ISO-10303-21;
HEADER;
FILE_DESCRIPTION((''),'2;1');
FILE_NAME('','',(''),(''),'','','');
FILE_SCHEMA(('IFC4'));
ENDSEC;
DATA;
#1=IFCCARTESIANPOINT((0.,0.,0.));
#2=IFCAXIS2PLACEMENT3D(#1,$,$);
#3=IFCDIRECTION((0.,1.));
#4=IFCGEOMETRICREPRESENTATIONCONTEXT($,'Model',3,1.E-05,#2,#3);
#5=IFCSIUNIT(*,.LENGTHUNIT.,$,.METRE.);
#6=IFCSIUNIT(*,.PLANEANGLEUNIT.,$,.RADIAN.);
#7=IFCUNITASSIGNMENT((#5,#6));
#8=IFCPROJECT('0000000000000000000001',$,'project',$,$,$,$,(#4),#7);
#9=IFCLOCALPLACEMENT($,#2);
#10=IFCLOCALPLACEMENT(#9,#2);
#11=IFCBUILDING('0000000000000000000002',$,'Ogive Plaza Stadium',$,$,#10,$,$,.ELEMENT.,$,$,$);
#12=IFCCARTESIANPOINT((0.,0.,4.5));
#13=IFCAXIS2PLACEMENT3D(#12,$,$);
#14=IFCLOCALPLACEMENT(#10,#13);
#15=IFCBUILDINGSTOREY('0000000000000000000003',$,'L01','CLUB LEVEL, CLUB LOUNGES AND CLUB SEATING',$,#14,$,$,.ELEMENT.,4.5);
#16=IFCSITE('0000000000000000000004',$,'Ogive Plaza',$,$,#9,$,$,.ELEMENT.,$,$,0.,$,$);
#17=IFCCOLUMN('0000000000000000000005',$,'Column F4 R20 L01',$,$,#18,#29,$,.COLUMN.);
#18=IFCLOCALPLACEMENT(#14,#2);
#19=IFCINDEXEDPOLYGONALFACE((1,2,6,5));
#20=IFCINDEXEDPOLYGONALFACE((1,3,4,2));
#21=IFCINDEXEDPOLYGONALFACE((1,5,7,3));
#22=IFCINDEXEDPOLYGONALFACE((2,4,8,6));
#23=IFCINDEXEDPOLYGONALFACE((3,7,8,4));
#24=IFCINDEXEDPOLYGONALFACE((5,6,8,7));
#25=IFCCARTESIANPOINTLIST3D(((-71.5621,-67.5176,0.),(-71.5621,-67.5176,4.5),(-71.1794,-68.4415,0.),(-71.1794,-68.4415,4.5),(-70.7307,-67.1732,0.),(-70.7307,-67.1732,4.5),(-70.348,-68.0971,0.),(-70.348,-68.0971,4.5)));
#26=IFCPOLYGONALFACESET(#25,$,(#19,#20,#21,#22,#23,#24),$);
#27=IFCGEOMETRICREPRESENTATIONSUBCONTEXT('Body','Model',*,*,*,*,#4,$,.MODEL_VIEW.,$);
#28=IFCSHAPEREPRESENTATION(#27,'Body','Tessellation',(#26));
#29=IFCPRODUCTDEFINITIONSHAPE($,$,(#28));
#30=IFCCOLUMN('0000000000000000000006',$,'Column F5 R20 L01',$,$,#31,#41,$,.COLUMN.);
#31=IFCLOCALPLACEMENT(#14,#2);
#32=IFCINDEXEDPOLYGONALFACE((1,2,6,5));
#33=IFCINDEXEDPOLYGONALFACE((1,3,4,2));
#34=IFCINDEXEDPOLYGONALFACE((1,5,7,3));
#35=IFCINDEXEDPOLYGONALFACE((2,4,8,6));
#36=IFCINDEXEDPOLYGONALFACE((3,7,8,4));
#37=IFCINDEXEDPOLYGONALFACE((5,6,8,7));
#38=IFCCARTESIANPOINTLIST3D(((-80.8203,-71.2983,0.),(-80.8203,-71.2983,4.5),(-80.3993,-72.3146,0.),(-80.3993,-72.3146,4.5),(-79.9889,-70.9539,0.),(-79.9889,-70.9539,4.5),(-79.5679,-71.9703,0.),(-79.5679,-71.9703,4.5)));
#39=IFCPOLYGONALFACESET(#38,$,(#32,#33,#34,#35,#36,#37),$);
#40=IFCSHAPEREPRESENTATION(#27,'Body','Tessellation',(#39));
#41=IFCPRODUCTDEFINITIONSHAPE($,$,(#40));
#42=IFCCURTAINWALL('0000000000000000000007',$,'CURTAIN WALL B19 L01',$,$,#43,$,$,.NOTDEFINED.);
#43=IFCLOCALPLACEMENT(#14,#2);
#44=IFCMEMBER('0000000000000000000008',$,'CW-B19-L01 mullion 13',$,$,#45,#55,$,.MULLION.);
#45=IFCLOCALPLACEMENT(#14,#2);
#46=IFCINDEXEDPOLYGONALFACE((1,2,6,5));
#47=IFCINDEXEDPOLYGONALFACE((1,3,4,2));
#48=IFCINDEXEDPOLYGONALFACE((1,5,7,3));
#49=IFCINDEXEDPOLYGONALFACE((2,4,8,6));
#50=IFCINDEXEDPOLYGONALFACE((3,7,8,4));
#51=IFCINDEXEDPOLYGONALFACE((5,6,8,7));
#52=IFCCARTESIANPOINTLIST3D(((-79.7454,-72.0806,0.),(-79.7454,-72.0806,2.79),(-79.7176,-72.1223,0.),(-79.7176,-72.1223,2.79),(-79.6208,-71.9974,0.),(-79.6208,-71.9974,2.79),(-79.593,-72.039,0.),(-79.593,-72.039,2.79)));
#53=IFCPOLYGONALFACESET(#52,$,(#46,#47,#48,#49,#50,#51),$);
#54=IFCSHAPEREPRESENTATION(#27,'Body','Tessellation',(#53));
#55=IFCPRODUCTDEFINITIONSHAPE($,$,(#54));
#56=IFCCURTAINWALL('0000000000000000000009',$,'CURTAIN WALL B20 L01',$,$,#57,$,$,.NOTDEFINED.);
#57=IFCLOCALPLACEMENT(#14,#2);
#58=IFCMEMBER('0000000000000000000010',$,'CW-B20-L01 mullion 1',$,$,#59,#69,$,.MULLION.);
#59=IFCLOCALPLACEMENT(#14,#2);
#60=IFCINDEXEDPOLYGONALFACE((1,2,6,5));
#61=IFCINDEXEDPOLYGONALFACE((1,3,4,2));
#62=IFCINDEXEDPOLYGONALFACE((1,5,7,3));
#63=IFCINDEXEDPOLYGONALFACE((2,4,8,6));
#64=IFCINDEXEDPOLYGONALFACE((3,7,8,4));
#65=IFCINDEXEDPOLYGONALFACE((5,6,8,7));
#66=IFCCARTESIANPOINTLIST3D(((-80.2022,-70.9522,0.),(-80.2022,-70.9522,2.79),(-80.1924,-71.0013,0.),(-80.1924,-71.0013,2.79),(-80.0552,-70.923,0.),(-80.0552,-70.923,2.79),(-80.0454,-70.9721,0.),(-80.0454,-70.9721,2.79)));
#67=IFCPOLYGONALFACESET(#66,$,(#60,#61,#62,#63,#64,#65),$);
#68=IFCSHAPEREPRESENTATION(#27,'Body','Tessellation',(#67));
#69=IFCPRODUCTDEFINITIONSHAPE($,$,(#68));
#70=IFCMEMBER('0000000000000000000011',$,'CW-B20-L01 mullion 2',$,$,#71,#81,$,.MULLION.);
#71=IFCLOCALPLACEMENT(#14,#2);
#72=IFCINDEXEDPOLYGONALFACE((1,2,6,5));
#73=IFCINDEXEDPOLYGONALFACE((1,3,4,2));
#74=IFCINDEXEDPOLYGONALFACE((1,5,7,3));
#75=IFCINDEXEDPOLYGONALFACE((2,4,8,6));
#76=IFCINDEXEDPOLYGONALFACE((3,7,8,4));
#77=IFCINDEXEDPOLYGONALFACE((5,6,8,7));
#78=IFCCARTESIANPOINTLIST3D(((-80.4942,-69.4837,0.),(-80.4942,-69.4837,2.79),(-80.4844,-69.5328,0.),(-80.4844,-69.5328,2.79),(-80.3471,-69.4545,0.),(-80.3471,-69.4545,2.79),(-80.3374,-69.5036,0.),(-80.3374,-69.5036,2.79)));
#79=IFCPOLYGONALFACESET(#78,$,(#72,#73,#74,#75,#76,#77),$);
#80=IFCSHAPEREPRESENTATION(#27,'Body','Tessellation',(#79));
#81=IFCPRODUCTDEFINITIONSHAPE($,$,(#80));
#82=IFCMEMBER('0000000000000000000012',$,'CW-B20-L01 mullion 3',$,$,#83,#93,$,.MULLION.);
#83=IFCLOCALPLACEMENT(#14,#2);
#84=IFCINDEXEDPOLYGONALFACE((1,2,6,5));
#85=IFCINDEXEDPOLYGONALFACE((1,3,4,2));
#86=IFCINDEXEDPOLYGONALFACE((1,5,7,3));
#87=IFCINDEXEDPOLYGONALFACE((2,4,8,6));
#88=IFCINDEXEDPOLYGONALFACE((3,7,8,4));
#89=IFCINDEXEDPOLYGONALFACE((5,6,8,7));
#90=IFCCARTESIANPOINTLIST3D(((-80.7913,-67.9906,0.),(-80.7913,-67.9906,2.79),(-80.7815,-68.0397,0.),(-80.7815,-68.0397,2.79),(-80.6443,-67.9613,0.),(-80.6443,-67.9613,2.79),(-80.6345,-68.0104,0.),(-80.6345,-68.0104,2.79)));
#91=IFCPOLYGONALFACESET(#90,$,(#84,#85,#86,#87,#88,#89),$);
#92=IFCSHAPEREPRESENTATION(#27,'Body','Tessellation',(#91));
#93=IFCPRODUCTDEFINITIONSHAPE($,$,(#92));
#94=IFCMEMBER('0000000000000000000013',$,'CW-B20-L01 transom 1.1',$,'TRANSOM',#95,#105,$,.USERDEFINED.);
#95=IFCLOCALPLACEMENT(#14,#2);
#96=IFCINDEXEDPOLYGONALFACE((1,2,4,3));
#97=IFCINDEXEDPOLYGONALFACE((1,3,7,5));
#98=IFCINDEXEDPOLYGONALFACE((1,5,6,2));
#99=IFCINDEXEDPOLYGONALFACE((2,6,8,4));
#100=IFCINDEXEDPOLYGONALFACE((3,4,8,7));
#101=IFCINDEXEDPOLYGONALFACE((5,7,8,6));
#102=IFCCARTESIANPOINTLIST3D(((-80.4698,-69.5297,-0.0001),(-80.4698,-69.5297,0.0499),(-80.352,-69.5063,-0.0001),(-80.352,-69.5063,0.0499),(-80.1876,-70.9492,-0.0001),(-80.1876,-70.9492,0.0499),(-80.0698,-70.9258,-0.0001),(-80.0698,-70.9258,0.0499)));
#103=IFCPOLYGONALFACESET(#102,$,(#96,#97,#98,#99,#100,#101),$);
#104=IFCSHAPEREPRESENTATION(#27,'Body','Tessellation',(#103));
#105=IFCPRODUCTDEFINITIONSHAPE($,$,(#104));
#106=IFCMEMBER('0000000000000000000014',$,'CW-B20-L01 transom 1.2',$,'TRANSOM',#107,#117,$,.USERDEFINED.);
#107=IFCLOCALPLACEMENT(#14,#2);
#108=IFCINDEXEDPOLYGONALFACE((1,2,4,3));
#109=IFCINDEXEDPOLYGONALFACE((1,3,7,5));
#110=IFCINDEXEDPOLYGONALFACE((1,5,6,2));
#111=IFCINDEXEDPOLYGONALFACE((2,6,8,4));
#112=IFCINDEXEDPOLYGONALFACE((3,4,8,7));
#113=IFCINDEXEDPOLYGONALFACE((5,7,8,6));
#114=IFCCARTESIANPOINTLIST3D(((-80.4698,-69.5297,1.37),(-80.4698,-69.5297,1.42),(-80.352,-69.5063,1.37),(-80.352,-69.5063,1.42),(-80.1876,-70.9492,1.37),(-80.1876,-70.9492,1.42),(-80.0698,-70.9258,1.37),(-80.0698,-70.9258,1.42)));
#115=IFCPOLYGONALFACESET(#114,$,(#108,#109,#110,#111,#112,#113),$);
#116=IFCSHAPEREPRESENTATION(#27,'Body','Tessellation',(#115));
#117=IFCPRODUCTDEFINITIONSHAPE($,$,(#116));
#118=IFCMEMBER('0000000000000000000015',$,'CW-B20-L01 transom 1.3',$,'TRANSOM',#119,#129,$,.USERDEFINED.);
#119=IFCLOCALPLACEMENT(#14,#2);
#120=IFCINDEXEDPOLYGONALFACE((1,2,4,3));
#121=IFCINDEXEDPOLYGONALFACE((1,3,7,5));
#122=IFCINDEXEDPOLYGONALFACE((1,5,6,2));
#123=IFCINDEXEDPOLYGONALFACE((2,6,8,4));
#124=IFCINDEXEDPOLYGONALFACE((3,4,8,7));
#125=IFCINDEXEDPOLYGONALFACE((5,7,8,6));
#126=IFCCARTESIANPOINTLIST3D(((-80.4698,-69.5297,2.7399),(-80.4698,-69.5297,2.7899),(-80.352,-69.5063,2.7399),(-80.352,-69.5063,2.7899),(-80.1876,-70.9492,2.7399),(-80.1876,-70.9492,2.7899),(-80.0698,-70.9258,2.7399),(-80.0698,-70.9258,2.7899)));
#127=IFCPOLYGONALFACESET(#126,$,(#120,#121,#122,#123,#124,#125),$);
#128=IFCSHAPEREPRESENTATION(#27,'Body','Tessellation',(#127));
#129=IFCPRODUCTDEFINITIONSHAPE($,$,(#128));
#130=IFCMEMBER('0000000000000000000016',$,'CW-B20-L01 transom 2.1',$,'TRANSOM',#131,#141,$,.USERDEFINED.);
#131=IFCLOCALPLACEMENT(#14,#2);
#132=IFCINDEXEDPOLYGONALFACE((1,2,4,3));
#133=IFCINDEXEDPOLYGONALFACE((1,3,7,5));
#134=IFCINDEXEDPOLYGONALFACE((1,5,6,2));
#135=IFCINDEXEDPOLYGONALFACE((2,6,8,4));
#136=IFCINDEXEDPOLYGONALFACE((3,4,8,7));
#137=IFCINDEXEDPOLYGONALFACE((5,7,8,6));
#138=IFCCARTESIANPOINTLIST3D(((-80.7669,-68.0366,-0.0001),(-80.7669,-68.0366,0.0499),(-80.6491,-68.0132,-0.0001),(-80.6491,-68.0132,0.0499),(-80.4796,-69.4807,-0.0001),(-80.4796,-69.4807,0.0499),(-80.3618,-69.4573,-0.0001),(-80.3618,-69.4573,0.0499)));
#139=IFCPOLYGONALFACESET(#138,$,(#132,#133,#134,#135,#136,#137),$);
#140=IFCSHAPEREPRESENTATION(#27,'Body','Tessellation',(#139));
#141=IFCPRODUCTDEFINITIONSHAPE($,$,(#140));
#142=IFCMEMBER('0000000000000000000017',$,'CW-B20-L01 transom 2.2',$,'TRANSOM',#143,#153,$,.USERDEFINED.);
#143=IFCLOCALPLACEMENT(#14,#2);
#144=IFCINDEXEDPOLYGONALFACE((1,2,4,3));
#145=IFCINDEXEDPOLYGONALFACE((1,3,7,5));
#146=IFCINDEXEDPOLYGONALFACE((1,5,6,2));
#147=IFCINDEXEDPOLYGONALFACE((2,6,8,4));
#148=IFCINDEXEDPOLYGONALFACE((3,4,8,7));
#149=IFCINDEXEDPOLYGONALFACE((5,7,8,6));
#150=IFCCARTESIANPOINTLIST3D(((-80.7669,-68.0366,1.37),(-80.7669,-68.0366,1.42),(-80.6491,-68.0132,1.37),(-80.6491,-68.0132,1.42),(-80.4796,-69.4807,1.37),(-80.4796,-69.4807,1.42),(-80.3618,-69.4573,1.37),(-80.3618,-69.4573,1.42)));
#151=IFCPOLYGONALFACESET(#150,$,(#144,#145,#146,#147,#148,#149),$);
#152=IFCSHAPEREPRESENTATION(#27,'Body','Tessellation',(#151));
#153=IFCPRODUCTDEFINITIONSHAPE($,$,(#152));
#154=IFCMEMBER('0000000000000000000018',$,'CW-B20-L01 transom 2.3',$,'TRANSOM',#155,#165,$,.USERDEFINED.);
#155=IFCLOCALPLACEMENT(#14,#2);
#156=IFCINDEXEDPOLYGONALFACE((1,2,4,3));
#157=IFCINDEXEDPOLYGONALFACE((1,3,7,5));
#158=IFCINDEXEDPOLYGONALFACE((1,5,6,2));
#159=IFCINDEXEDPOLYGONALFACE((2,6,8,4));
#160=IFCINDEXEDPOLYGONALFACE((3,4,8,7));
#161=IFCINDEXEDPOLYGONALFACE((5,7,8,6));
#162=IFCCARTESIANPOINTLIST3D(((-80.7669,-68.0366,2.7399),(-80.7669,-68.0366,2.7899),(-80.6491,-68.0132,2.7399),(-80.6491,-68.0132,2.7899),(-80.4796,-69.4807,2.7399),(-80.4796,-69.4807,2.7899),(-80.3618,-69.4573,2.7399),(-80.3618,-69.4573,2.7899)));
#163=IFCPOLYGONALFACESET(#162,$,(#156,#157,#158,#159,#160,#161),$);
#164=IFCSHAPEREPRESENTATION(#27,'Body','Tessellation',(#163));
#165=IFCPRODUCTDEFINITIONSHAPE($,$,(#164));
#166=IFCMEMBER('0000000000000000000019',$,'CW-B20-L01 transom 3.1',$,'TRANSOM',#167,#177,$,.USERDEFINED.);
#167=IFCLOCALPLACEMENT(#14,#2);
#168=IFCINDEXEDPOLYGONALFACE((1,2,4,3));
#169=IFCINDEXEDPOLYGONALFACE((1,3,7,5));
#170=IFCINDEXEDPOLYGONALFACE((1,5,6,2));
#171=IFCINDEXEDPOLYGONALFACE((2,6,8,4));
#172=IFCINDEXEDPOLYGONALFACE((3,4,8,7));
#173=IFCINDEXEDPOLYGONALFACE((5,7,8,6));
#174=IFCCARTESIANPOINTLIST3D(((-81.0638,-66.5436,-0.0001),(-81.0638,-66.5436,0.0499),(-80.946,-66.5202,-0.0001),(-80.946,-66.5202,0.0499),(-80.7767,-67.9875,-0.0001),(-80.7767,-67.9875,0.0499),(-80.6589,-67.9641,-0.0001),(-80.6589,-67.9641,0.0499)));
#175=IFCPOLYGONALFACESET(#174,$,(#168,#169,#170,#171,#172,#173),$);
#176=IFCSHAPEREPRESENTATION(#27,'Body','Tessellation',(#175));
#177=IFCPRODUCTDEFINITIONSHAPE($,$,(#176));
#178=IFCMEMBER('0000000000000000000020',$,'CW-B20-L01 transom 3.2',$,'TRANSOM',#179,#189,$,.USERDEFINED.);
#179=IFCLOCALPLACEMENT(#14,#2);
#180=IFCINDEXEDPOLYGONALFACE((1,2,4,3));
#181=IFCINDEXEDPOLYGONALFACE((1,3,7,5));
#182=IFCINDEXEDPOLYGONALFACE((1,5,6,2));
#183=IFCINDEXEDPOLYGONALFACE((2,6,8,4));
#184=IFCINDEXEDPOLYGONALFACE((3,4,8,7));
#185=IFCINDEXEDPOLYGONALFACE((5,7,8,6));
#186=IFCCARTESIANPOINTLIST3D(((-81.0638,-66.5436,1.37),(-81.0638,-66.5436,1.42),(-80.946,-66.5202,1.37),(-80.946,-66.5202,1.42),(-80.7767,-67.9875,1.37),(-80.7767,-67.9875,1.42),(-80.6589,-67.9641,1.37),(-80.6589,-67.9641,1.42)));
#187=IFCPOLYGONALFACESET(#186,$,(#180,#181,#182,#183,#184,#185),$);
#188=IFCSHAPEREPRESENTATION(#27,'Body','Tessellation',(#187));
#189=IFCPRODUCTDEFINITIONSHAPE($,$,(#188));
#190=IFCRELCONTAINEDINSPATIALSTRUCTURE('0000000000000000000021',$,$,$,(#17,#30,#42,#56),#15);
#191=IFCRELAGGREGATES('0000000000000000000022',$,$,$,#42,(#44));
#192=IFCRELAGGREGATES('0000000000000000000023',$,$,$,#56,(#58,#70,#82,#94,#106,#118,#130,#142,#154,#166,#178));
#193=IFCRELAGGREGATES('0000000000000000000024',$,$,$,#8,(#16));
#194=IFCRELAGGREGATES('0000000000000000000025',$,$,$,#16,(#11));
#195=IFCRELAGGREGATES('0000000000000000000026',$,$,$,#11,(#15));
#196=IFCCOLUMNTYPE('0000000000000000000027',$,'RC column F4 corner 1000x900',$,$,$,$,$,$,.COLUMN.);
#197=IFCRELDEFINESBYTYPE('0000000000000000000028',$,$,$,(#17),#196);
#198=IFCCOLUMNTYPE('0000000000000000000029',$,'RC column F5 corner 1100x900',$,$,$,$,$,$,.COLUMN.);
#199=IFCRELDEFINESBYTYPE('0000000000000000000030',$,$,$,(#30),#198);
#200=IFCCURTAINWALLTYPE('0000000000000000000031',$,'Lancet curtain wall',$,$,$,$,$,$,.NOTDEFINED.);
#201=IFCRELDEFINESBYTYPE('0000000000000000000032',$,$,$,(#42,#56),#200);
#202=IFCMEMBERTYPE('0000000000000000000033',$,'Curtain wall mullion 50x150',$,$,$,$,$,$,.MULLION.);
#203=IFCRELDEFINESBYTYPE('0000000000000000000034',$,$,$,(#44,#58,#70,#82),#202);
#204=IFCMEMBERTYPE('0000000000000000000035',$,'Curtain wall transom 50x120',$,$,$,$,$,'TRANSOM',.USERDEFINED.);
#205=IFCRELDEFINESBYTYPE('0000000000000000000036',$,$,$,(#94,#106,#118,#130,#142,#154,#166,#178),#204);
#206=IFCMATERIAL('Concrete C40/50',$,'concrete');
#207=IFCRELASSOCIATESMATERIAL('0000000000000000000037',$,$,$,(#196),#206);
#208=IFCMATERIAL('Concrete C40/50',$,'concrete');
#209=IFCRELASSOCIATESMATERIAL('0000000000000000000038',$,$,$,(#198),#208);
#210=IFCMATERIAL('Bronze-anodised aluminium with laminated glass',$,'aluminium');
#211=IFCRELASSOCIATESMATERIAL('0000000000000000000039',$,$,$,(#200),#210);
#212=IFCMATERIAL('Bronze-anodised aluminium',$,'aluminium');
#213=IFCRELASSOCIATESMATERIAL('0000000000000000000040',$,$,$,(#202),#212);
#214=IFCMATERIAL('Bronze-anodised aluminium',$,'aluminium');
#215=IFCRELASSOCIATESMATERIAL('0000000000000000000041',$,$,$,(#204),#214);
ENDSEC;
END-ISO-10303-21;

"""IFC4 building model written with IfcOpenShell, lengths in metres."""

from ifc_helpers import new_model, si_unit, direction, frame, origin, origin_2d, place, context, subcontext, project, spatial, rectangle, extrude, material, material_profile, profile_set, type_object, element, aggregate, save


model = new_model("IFC4")

# Units and contexts
model_context = context("Model", 3, precision=1e-05, world=origin(), true_north=direction((0.0, 1.0)))
body_context = subcontext(model_context, "Body", "Model", "MODEL_VIEW")
ifc_project = project(units=[si_unit("LENGTHUNIT", "METRE"), si_unit("PLANEANGLEUNIT", "RADIAN")], contexts=[model_context])

# Site, building, storey
site_placement = place(None, origin())
site = spatial("IfcSite", under=ifc_project, at=site_placement, Name="Ogive Plaza", CompositionType="ELEMENT", RefElevation=0.0)
building_placement = place(site_placement, origin())
building = spatial("IfcBuilding", under=site, at=building_placement, Name="Ogive Plaza Stadium", CompositionType="ELEMENT")
storey_placement = place(building_placement, frame((0.0, 0.0, 4.5)))
storey = spatial("IfcBuildingStorey", under=building, at=storey_placement, Name="L01", Description="CLUB LEVEL, CLUB LOUNGES AND CLUB SEATING", CompositionType="ELEMENT", Elevation=4.5)

# Columns
ifc_material_1 = material(Name="Concrete C40/50", Category="concrete")
ifc_material_profile_1 = material_profile(ifc_material_1, rectangle(XDim=1.0, YDim=0.8999, at=origin_2d()), Name="RC 1000x900")
ifc_profile_set_1 = profile_set([ifc_material_profile_1], Name="Concrete C40/50")
column_type_1 = type_object("IfcColumnType", Name="RC column F4 corner 1000x900", PredefinedType="COLUMN", material=ifc_profile_set_1)
column_1_placement = place(storey_placement, frame((-70.9551, -67.8074, 0.0), z_axis=(0.0, 0.0, 1.0), x_axis=(0.382683, -0.92388, 0.0)))
element("IfcColumn", 1, at=column_1_placement, inside=storey, type_object=column_type_1, Name="Column F4 R20 L01", PredefinedType="COLUMN", context=body_context, shape_type="SweptSolid", body=[
    extrude(rectangle(XDim=1.0, YDim=0.8999, at=origin_2d()), origin(), (0.0, 0.0, 1.0), 4.5),
])
ifc_material_2 = material(Name="Concrete C40/50", Category="concrete")
ifc_material_profile_2 = material_profile(ifc_material_2, rectangle(XDim=1.1001, YDim=0.8999, at=origin_2d()), Name="RC 1100x900")
ifc_profile_set_2 = profile_set([ifc_material_profile_2], Name="Concrete C40/50")
column_type_2 = type_object("IfcColumnType", Name="RC column F5 corner 1100x900", PredefinedType="COLUMN", material=ifc_profile_set_2)
column_2_placement = place(storey_placement, frame((-80.1941, -71.6343, 0.0), z_axis=(0.0, 0.0, 1.0), x_axis=(0.382683, -0.92388, 0.0)))
element("IfcColumn", 2, at=column_2_placement, inside=storey, type_object=column_type_2, Name="Column F5 R20 L01", PredefinedType="COLUMN", context=body_context, shape_type="SweptSolid", body=[
    extrude(rectangle(XDim=1.1001, YDim=0.8999, at=origin_2d()), origin(), (0.0, 0.0, 1.0), 4.5),
])

# Curtain wall, member
ifc_material_3 = material(Name="Bronze-anodised aluminium with laminated glass", Category="aluminium")
curtain_wall_type = type_object("IfcCurtainWallType", Name="Lancet curtain wall", PredefinedType="NOTDEFINED", material=ifc_material_3)
curtain_wall_1_placement = place(storey_placement, origin())
curtain_wall_1 = element("IfcCurtainWall", 3, at=curtain_wall_1_placement, inside=storey, type_object=curtain_wall_type, Name="CURTAIN WALL B19 L01", PredefinedType="NOTDEFINED")
ifc_material_4 = material(Name="Bronze-anodised aluminium", Category="aluminium")
ifc_material_profile_3 = material_profile(ifc_material_4, rectangle(XDim=0.1499, YDim=0.05, at=origin_2d()), Name="AL 150x50")
ifc_profile_set_3 = profile_set([ifc_material_profile_3], Name="Bronze-anodised aluminium")
member_type_1 = type_object("IfcMemberType", Name="Curtain wall mullion 50x150", PredefinedType="MULLION", material=ifc_profile_set_3)
member_1_placement = place(storey_placement, frame((-79.6692, -72.0598, 0.0), z_axis=(0.0, 0.0, 1.0), x_axis=(-0.83147, -0.55557, 0.0)))
member_1 = element("IfcMember", 4, at=member_1_placement, type_object=member_type_1, Name="CW-B19-L01 mullion 13", PredefinedType="MULLION", context=body_context, shape_type="SweptSolid", body=[
    extrude(rectangle(XDim=0.1499, YDim=0.05, at=origin_2d()), origin(), (0.0, 0.0, 1.0), 2.79),
])

# Curtain wall, members
curtain_wall_2_placement = place(storey_placement, origin())
curtain_wall_2 = element("IfcCurtainWall", 5, at=curtain_wall_2_placement, inside=storey, type_object=curtain_wall_type, Name="CURTAIN WALL B20 L01", PredefinedType="NOTDEFINED")
member_2_placement = place(storey_placement, frame((-80.1238, -70.9622, 0.0), z_axis=(0.0, 0.0, 1.0), x_axis=(-0.980785, -0.19509, 0.0)))
member_2 = element("IfcMember", 6, at=member_2_placement, type_object=member_type_1, Name="CW-B20-L01 mullion 1", PredefinedType="MULLION", context=body_context, shape_type="SweptSolid", body=[
    extrude(rectangle(XDim=0.1499, YDim=0.05, at=origin_2d()), origin(), (0.0, 0.0, 1.0), 2.79),
])
member_3_placement = place(storey_placement, frame((-80.4158, -69.4937, 0.0), z_axis=(0.0, 0.0, 1.0), x_axis=(-0.980785, -0.19509, 0.0)))
member_3 = element("IfcMember", 7, at=member_3_placement, type_object=member_type_1, Name="CW-B20-L01 mullion 2", PredefinedType="MULLION", context=body_context, shape_type="SweptSolid", body=[
    extrude(rectangle(XDim=0.1499, YDim=0.05, at=origin_2d()), origin(), (0.0, 0.0, 1.0), 2.79),
])
member_4_placement = place(storey_placement, frame((-80.7129, -68.0005, 0.0), z_axis=(0.0, 0.0, 1.0), x_axis=(-0.980785, -0.19509, 0.0)))
member_4 = element("IfcMember", 8, at=member_4_placement, type_object=member_type_1, Name="CW-B20-L01 mullion 3", PredefinedType="MULLION", context=body_context, shape_type="SweptSolid", body=[
    extrude(rectangle(XDim=0.1499, YDim=0.05, at=origin_2d()), origin(), (0.0, 0.0, 1.0), 2.79),
])
ifc_material_5 = material(Name="Bronze-anodised aluminium", Category="aluminium")
ifc_material_profile_4 = material_profile(ifc_material_5, rectangle(XDim=0.1201, YDim=0.05, at=origin_2d()), Name="AL 120x50")
ifc_profile_set_4 = profile_set([ifc_material_profile_4], Name="Bronze-anodised aluminium")
member_type_2 = type_object("IfcMemberType", Name="Curtain wall transom 50x120", ElementType="TRANSOM", PredefinedType="USERDEFINED", material=ifc_profile_set_4)
member_5_placement = place(storey_placement, frame((-80.1287, -70.9375, 0.0249), z_axis=(-0.195013, 0.980801, 0.0), x_axis=(-0.980801, -0.195013, 0.0)))
member_5 = element("IfcMember", 9, at=member_5_placement, type_object=member_type_2, Name="CW-B20-L01 transom 1.1", ObjectType="TRANSOM", PredefinedType="USERDEFINED", context=body_context, shape_type="SweptSolid", body=[
    extrude(rectangle(XDim=0.1201, YDim=0.05, at=origin_2d()), origin(), (0.0, 0.0, 1.0), 1.4473),
])
member_6_placement = place(storey_placement, frame((-80.1287, -70.9375, 1.395), z_axis=(-0.195013, 0.980801, 0.0), x_axis=(-0.980801, -0.195013, 0.0)))
member_6 = element("IfcMember", 10, at=member_6_placement, type_object=member_type_2, Name="CW-B20-L01 transom 1.2", ObjectType="TRANSOM", PredefinedType="USERDEFINED", context=body_context, shape_type="SweptSolid", body=[
    extrude(rectangle(XDim=0.1201, YDim=0.05, at=origin_2d()), origin(), (0.0, 0.0, 1.0), 1.4473),
])
member_7_placement = place(storey_placement, frame((-80.1287, -70.9375, 2.7649), z_axis=(-0.195013, 0.980801, 0.0), x_axis=(-0.980801, -0.195013, 0.0)))
member_7 = element("IfcMember", 11, at=member_7_placement, type_object=member_type_2, Name="CW-B20-L01 transom 1.3", ObjectType="TRANSOM", PredefinedType="USERDEFINED", context=body_context, shape_type="SweptSolid", body=[
    extrude(rectangle(XDim=0.1201, YDim=0.05, at=origin_2d()), origin(), (0.0, 0.0, 1.0), 1.4473),
])
member_8_placement = place(storey_placement, frame((-80.4207, -69.469, 0.0249), z_axis=(-0.195159, 0.980772, 0.0), x_axis=(-0.980772, -0.195159, 0.0)))
member_8 = element("IfcMember", 12, at=member_8_placement, type_object=member_type_2, Name="CW-B20-L01 transom 2.1", ObjectType="TRANSOM", PredefinedType="USERDEFINED", context=body_context, shape_type="SweptSolid", body=[
    extrude(rectangle(XDim=0.1201, YDim=0.05, at=origin_2d()), origin(), (0.0, 0.0, 1.0), 1.4724),
])
member_9_placement = place(storey_placement, frame((-80.4207, -69.469, 1.395), z_axis=(-0.195159, 0.980772, 0.0), x_axis=(-0.980772, -0.195159, 0.0)))
member_9 = element("IfcMember", 13, at=member_9_placement, type_object=member_type_2, Name="CW-B20-L01 transom 2.2", ObjectType="TRANSOM", PredefinedType="USERDEFINED", context=body_context, shape_type="SweptSolid", body=[
    extrude(rectangle(XDim=0.1201, YDim=0.05, at=origin_2d()), origin(), (0.0, 0.0, 1.0), 1.4724),
])
member_10_placement = place(storey_placement, frame((-80.4207, -69.469, 2.7649), z_axis=(-0.195159, 0.980772, 0.0), x_axis=(-0.980772, -0.195159, 0.0)))
member_10 = element("IfcMember", 14, at=member_10_placement, type_object=member_type_2, Name="CW-B20-L01 transom 2.3", ObjectType="TRANSOM", PredefinedType="USERDEFINED", context=body_context, shape_type="SweptSolid", body=[
    extrude(rectangle(XDim=0.1201, YDim=0.05, at=origin_2d()), origin(), (0.0, 0.0, 1.0), 1.4724),
])
member_11_placement = place(storey_placement, frame((-80.7178, -67.9758, 0.0249), z_axis=(-0.195032, 0.980797, 0.0), x_axis=(-0.980797, -0.195032, 0.0)))
member_11 = element("IfcMember", 15, at=member_11_placement, type_object=member_type_2, Name="CW-B20-L01 transom 3.1", ObjectType="TRANSOM", PredefinedType="USERDEFINED", context=body_context, shape_type="SweptSolid", body=[
    extrude(rectangle(XDim=0.1201, YDim=0.05, at=origin_2d()), origin(), (0.0, 0.0, 1.0), 1.4722),
])
member_12_placement = place(storey_placement, frame((-80.7178, -67.9758, 1.395), z_axis=(-0.195032, 0.980797, 0.0), x_axis=(-0.980797, -0.195032, 0.0)))
member_12 = element("IfcMember", 16, at=member_12_placement, type_object=member_type_2, Name="CW-B20-L01 transom 3.2", ObjectType="TRANSOM", PredefinedType="USERDEFINED", context=body_context, shape_type="SweptSolid", body=[
    extrude(rectangle(XDim=0.1201, YDim=0.05, at=origin_2d()), origin(), (0.0, 0.0, 1.0), 1.4722),
])

aggregate(curtain_wall_1, [member_1])
aggregate(curtain_wall_2, [member_2, member_3, member_4, member_5, member_6, member_7, member_8, member_9, member_10, member_11, member_12])

save(model, "model.ifc")
